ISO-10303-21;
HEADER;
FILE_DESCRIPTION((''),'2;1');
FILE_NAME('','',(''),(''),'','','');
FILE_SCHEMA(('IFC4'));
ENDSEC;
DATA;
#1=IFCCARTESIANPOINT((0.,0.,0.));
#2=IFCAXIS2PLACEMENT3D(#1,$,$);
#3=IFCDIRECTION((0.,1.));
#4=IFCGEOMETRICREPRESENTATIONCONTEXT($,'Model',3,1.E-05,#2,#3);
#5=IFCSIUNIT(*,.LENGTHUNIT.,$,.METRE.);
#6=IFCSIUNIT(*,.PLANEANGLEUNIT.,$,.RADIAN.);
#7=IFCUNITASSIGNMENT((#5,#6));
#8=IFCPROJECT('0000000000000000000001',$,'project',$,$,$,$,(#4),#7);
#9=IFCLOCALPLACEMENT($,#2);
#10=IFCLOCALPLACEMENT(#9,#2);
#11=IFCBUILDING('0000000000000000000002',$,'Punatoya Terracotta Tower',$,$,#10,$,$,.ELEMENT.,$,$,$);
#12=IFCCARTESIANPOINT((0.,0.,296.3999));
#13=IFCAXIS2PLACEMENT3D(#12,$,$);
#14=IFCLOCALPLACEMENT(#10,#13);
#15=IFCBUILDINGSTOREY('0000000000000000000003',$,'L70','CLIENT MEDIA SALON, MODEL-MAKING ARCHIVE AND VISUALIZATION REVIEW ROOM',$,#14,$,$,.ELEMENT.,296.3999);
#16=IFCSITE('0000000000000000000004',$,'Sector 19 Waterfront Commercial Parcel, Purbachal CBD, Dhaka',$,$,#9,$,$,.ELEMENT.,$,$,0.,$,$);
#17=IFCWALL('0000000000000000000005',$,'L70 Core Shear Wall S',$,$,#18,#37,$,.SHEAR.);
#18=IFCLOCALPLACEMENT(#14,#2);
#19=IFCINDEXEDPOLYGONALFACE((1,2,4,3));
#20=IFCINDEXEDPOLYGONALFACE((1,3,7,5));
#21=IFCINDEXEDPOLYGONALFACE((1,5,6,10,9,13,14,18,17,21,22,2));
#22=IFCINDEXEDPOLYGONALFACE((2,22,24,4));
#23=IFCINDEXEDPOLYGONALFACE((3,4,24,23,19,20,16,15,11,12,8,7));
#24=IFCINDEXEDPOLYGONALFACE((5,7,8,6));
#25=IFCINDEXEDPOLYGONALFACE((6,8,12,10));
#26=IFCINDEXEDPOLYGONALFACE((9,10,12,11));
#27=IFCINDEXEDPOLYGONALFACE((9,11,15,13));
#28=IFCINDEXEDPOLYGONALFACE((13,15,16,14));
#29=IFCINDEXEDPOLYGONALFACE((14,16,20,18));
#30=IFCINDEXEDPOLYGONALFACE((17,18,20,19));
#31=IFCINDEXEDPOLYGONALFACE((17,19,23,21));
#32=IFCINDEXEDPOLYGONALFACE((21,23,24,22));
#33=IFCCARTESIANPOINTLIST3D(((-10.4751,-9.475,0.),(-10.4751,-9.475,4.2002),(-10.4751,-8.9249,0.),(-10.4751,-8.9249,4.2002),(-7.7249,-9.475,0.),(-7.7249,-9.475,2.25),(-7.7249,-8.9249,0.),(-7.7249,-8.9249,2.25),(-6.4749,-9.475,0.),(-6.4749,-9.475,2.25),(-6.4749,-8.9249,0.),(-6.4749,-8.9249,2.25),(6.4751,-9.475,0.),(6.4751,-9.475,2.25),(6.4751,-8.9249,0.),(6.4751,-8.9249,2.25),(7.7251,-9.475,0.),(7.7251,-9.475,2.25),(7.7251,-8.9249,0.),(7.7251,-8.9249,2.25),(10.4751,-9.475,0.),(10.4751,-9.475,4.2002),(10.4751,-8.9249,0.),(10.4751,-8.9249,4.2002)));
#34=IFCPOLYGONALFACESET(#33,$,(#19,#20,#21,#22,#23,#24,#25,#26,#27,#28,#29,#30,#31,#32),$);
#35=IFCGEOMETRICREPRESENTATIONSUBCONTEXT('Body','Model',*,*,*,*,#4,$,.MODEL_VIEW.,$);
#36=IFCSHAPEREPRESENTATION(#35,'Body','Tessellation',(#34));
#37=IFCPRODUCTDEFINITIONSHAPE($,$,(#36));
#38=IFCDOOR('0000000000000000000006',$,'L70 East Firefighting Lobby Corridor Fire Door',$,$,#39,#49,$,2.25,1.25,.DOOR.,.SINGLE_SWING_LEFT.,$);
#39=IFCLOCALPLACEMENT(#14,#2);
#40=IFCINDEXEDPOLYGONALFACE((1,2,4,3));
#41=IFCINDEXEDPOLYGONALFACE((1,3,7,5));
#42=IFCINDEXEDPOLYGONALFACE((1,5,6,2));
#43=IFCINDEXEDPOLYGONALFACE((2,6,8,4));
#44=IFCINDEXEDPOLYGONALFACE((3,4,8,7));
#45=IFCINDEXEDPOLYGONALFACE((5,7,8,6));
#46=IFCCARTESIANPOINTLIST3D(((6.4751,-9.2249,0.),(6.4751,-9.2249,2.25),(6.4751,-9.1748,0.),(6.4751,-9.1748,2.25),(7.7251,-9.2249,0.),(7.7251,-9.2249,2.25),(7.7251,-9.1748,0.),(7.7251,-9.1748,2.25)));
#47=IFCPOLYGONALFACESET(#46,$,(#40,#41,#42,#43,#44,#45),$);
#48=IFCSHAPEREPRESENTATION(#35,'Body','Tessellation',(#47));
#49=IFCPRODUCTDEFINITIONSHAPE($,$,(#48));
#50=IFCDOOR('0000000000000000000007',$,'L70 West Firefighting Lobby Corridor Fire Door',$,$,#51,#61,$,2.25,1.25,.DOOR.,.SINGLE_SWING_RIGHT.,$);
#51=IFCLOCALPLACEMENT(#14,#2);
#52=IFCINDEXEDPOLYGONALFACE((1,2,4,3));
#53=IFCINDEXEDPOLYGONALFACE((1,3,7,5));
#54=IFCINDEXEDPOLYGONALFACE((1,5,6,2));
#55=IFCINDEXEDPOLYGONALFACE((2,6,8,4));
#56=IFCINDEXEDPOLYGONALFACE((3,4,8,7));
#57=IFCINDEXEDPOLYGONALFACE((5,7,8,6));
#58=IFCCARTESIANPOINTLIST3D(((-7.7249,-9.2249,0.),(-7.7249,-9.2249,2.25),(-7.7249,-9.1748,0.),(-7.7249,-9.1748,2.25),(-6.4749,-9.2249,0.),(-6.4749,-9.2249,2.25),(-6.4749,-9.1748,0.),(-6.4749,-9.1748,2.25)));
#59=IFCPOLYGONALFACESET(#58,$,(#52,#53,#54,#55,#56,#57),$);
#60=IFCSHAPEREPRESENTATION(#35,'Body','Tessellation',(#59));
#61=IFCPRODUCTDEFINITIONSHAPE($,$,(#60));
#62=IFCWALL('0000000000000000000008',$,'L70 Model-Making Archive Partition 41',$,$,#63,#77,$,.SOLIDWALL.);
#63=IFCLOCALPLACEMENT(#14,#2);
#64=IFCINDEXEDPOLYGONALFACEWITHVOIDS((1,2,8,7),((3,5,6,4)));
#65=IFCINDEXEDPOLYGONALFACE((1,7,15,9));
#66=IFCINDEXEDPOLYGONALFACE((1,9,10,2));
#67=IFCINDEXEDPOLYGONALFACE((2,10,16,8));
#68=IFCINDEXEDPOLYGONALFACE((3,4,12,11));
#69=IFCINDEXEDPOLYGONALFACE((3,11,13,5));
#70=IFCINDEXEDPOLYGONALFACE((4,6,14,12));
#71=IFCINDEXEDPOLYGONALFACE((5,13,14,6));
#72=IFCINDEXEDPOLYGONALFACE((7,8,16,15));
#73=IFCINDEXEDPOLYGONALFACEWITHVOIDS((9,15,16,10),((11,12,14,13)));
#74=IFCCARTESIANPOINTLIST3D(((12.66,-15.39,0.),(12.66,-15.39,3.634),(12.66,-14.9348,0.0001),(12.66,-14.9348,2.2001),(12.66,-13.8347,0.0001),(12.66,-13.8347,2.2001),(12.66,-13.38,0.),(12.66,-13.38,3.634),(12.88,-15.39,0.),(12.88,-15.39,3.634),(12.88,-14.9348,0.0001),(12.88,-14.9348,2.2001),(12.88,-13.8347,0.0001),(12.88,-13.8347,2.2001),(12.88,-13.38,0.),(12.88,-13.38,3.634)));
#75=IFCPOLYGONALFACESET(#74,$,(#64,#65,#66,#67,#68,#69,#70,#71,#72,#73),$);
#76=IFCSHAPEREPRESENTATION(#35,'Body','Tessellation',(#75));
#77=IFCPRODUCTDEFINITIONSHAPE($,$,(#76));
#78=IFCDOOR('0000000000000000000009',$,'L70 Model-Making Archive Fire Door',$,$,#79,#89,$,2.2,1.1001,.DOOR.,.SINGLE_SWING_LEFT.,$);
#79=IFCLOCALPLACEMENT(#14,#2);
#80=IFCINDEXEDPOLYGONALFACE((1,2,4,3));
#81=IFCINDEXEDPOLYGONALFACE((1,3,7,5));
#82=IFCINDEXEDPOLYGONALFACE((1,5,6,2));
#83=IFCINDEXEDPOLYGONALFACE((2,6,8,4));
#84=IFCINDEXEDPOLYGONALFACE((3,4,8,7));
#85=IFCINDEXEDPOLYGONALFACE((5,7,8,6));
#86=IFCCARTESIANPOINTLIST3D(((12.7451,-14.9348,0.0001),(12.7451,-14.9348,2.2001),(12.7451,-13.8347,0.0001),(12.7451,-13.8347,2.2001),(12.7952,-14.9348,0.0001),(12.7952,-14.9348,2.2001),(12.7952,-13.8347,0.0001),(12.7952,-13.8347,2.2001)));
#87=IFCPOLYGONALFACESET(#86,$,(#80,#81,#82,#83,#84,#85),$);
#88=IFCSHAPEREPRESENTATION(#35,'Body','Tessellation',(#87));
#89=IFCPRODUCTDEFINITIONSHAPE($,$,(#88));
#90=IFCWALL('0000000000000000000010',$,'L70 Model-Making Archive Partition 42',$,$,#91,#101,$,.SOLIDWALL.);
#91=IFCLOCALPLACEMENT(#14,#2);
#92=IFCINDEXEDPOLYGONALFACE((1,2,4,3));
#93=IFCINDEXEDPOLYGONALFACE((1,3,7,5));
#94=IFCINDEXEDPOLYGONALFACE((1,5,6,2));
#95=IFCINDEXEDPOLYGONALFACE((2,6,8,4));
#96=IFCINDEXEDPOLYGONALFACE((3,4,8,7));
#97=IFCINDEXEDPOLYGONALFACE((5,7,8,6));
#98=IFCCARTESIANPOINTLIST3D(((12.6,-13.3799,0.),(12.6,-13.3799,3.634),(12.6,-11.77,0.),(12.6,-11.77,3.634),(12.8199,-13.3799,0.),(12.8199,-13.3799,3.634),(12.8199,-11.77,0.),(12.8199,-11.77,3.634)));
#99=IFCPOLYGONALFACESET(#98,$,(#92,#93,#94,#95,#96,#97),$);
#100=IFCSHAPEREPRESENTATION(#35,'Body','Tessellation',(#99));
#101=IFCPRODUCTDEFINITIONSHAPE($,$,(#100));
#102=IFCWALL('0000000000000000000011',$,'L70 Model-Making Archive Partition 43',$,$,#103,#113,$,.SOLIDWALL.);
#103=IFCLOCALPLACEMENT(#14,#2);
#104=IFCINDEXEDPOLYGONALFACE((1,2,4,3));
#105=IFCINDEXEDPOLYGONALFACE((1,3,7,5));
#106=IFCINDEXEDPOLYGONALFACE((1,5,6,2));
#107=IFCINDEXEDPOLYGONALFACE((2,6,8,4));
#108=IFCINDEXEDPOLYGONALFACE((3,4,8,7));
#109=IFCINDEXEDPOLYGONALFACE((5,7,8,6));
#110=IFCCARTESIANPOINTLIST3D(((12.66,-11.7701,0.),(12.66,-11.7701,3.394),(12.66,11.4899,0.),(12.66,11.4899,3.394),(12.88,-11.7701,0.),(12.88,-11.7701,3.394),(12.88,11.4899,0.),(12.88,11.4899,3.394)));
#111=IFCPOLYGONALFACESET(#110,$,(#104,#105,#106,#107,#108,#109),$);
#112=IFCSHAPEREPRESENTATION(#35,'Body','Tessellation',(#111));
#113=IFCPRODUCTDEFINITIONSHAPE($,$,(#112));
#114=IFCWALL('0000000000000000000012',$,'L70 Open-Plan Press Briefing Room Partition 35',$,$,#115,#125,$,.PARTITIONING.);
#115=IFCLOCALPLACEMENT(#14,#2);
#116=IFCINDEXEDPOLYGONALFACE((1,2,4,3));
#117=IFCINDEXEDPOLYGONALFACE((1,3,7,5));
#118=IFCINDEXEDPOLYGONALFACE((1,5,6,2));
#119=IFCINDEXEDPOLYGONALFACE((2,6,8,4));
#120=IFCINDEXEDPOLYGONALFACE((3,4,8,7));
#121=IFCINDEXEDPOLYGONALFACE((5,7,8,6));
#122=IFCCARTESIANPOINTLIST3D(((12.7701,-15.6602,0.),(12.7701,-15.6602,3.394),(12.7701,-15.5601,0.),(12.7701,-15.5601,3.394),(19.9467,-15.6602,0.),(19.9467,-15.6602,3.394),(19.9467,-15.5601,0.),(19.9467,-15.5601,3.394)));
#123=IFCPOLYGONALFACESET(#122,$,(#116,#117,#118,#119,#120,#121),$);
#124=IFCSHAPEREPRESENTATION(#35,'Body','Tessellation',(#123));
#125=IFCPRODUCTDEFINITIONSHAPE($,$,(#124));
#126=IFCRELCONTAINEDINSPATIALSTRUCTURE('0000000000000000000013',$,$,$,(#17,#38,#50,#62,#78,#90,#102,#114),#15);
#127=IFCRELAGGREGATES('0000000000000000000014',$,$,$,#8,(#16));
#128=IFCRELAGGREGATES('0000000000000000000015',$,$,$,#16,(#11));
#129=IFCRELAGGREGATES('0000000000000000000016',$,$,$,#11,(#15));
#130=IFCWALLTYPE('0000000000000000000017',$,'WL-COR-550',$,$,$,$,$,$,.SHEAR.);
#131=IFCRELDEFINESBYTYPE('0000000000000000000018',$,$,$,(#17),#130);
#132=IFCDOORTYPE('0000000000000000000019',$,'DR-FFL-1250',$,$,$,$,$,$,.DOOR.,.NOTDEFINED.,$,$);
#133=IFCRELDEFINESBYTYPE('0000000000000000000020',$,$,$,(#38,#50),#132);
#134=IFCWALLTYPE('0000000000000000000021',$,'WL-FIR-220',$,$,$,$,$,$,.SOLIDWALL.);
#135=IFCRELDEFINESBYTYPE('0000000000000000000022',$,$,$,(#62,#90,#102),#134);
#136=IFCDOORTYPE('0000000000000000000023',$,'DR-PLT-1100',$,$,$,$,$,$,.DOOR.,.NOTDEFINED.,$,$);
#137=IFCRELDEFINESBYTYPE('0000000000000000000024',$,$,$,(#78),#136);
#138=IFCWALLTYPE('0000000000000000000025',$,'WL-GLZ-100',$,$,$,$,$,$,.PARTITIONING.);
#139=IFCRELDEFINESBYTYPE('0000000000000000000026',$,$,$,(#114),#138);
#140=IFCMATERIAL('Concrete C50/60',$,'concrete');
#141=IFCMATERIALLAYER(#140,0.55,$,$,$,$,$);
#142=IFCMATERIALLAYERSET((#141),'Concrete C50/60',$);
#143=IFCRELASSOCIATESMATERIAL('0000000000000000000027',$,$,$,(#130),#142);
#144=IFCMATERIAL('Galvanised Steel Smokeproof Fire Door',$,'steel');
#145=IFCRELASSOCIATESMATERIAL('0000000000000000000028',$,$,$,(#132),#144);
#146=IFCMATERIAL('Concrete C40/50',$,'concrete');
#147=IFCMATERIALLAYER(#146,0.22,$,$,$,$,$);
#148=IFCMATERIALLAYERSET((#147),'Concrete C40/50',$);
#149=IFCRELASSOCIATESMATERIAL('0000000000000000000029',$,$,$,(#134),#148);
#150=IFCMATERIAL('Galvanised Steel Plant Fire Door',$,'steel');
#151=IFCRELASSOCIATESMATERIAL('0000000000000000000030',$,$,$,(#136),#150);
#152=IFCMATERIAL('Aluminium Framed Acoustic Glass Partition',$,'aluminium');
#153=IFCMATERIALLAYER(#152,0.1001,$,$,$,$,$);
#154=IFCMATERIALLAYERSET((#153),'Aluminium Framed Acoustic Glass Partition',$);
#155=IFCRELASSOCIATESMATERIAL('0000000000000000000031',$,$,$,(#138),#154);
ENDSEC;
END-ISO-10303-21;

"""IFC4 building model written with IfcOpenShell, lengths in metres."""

from ifc_helpers import new_model, si_unit, direction, frame, frame_2d, origin, place, context, subcontext, project, spatial, rectangle, extrude, material, layer, layer_set, type_object, element, fill, save


model = new_model("IFC4")

# Units and contexts
model_context = context("Model", 3, precision=1e-05, world=origin(), true_north=direction((0.0, 1.0)))
body_context = subcontext(model_context, "Body", "Model", "MODEL_VIEW")
ifc_project = project(units=[si_unit("LENGTHUNIT", "METRE"), si_unit("PLANEANGLEUNIT", "RADIAN")], contexts=[model_context])

# Site, building, storey
site_placement = place(None, origin())
site = spatial("IfcSite", under=ifc_project, at=site_placement, Name="Sector 19 Waterfront Commercial Parcel, Purbachal CBD, Dhaka", CompositionType="ELEMENT", RefElevation=0.0)
building_placement = place(site_placement, origin())
building = spatial("IfcBuilding", under=site, at=building_placement, Name="Punatoya Terracotta Tower", CompositionType="ELEMENT")
storey_placement = place(building_placement, frame((0.0, 0.0, 296.3999)))
storey = spatial("IfcBuildingStorey", under=building, at=storey_placement, Name="L70", Description="CLIENT MEDIA SALON, MODEL-MAKING ARCHIVE AND VISUALIZATION REVIEW ROOM", CompositionType="ELEMENT", Elevation=296.3999)

# Wall, openings, doors
ifc_material_1 = material(Name="Concrete C50/60", Category="concrete")
ifc_layer_1 = layer(ifc_material_1, 0.55)
ifc_layer_set_1 = layer_set([ifc_layer_1], Name="Concrete C50/60")
wall_type_1 = type_object("IfcWallType", Name="WL-COR-550", PredefinedType="SHEAR", material=ifc_layer_set_1)
wall_1_placement = place(storey_placement, frame((10.4751, -9.2, 0.0), z_axis=(0.0, 0.0, 1.0), x_axis=(-1.0, 0.0, 0.0)))
wall_1 = element("IfcWall", 1, at=wall_1_placement, inside=storey, type_object=wall_type_1, Name="L70 Core Shear Wall S", PredefinedType="SHEAR", context=body_context, shape_type="SweptSolid", body=[
    extrude(rectangle(XDim=20.9502, YDim=0.55, at=frame_2d((10.4751, 0.0))), origin(), (0.0, 0.0, 1.0), 4.2002),
])
opening_1_placement = place(wall_1_placement, frame((2.75, 0.0, 0.0)))
opening_1 = element("IfcOpeningElement", 2, at=opening_1_placement, cuts=wall_1, PredefinedType="OPENING", context=body_context, shape_type="SweptSolid", body=[
    extrude(rectangle(XDim=1.25, YDim=2.25, at=frame_2d((0.625, 1.125))), frame((0.0, 0.2849, 0.0), z_axis=(0.0, -1.0, 0.0), x_axis=(1.0, 0.0, 0.0)), (0.0, 0.0, 1.0), 0.5701),
])
opening_2_placement = place(wall_1_placement, frame((16.95, 0.0, 0.0)))
opening_2 = element("IfcOpeningElement", 3, at=opening_2_placement, cuts=wall_1, PredefinedType="OPENING", context=body_context, shape_type="SweptSolid", body=[
    extrude(rectangle(XDim=1.25, YDim=2.25, at=frame_2d((0.625, 1.125))), frame((0.0, 0.2849, 0.0), z_axis=(0.0, -1.0, 0.0), x_axis=(1.0, 0.0, 0.0)), (0.0, 0.0, 1.0), 0.5701),
])
ifc_material_2 = material(Name="Galvanised Steel Smokeproof Fire Door", Category="steel")
door_type_1 = type_object("IfcDoorType", Name="DR-FFL-1250", OperationType="NOTDEFINED", PredefinedType="DOOR", material=ifc_material_2)
door_1_placement = place(opening_1_placement, origin())
door_1 = element("IfcDoor", 4, at=door_1_placement, inside=storey, type_object=door_type_1, Name="L70 East Firefighting Lobby Corridor Fire Door", OperationType="SINGLE_SWING_LEFT", OverallHeight=2.25, OverallWidth=1.25, PredefinedType="DOOR", context=body_context, shape_type="SweptSolid", body=[
    extrude(rectangle(XDim=1.25, YDim=2.25, at=frame_2d((0.625, 1.125))), frame((0.0, 0.0249, 0.0), z_axis=(0.0, -1.0, 0.0), x_axis=(1.0, 0.0, 0.0)), (0.0, 0.0, 1.0), 0.05),
])
fill(opening_1, door_1)
door_2_placement = place(opening_2_placement, origin())
door_2 = element("IfcDoor", 5, at=door_2_placement, inside=storey, type_object=door_type_1, Name="L70 West Firefighting Lobby Corridor Fire Door", OperationType="SINGLE_SWING_RIGHT", OverallHeight=2.25, OverallWidth=1.25, PredefinedType="DOOR", context=body_context, shape_type="SweptSolid", body=[
    extrude(rectangle(XDim=1.25, YDim=2.25, at=frame_2d((0.625, 1.125))), frame((0.0, 0.0249, 0.0), z_axis=(0.0, -1.0, 0.0), x_axis=(1.0, 0.0, 0.0)), (0.0, 0.0, 1.0), 0.05),
])
fill(opening_2, door_2)

# Wall, opening, door
ifc_material_3 = material(Name="Concrete C40/50", Category="concrete")
ifc_layer_2 = layer(ifc_material_3, 0.22)
ifc_layer_set_2 = layer_set([ifc_layer_2], Name="Concrete C40/50")
wall_type_2 = type_object("IfcWallType", Name="WL-FIR-220", PredefinedType="SOLIDWALL", material=ifc_layer_set_2)
wall_2_placement = place(storey_placement, frame((12.77, -15.3899, 0.0), z_axis=(0.0, 0.0, 1.0), x_axis=(0.0, 1.0, 0.0)))
wall_2 = element("IfcWall", 6, at=wall_2_placement, inside=storey, type_object=wall_type_2, Name="L70 Model-Making Archive Partition 41", PredefinedType="SOLIDWALL", context=body_context, shape_type="SweptSolid", body=[
    extrude(rectangle(XDim=2.01, YDim=0.22, at=frame_2d((1.0049, 0.0))), origin(), (0.0, 0.0, 1.0), 3.634),
])
opening_3_placement = place(wall_2_placement, frame((0.4551, 0.0, 0.0)))
opening_3 = element("IfcOpeningElement", 7, at=opening_3_placement, cuts=wall_2, PredefinedType="OPENING", context=body_context, shape_type="SweptSolid", body=[
    extrude(rectangle(XDim=1.1001, YDim=2.2, at=frame_2d((0.55, 1.1001))), frame((0.0, 0.1199, 0.0), z_axis=(0.0, -1.0, 0.0), x_axis=(1.0, 0.0, 0.0)), (0.0, 0.0, 1.0), 0.24),
])
ifc_material_4 = material(Name="Galvanised Steel Plant Fire Door", Category="steel")
door_type_2 = type_object("IfcDoorType", Name="DR-PLT-1100", OperationType="NOTDEFINED", PredefinedType="DOOR", material=ifc_material_4)
door_3_placement = place(opening_3_placement, origin())
door_3 = element("IfcDoor", 8, at=door_3_placement, inside=storey, type_object=door_type_2, Name="L70 Model-Making Archive Fire Door", OperationType="SINGLE_SWING_LEFT", OverallHeight=2.2, OverallWidth=1.1001, PredefinedType="DOOR", context=body_context, shape_type="SweptSolid", body=[
    extrude(rectangle(XDim=1.1001, YDim=2.2, at=frame_2d((0.55, 1.1001))), frame((0.0, 0.0249, 0.0), z_axis=(0.0, -1.0, 0.0), x_axis=(1.0, 0.0, 0.0)), (0.0, 0.0, 1.0), 0.05),
])
fill(opening_3, door_3)

# Walls
wall_3_placement = place(storey_placement, frame((12.71, -13.3799, 0.0), z_axis=(0.0, 0.0, 1.0), x_axis=(0.0, 1.0, 0.0)))
element("IfcWall", 9, at=wall_3_placement, inside=storey, type_object=wall_type_2, Name="L70 Model-Making Archive Partition 42", PredefinedType="SOLIDWALL", context=body_context, shape_type="SweptSolid", body=[
    extrude(rectangle(XDim=1.6099, YDim=0.22, at=frame_2d((0.8049, 0.0))), origin(), (0.0, 0.0, 1.0), 3.634),
])
wall_4_placement = place(storey_placement, frame((12.77, -11.77, 0.0), z_axis=(0.0, 0.0, 1.0), x_axis=(0.0, 1.0, 0.0)))
element("IfcWall", 10, at=wall_4_placement, inside=storey, type_object=wall_type_2, Name="L70 Model-Making Archive Partition 43", PredefinedType="SOLIDWALL", context=body_context, shape_type="SweptSolid", body=[
    extrude(rectangle(XDim=23.26, YDim=0.22, at=frame_2d((11.6299, 0.0))), origin(), (0.0, 0.0, 1.0), 3.394),
])
ifc_material_5 = material(Name="Aluminium Framed Acoustic Glass Partition", Category="aluminium")
ifc_layer_3 = layer(ifc_material_5, 0.1001)
ifc_layer_set_3 = layer_set([ifc_layer_3], Name="Aluminium Framed Acoustic Glass Partition")
wall_type_3 = type_object("IfcWallType", Name="WL-GLZ-100", PredefinedType="PARTITIONING", material=ifc_layer_set_3)
wall_5_placement = place(storey_placement, frame((12.77, -15.6101, 0.0), z_axis=(0.0, 0.0, 1.0), x_axis=(1.0, 0.0, 0.0)))
element("IfcWall", 11, at=wall_5_placement, inside=storey, type_object=wall_type_3, Name="L70 Open-Plan Press Briefing Room Partition 35", PredefinedType="PARTITIONING", context=body_context, shape_type="SweptSolid", body=[
    extrude(rectangle(XDim=7.1765, YDim=0.1001, at=frame_2d((3.5884, 0.0))), origin(), (0.0, 0.0, 1.0), 3.394),
])

save(model, "model.ifc")
